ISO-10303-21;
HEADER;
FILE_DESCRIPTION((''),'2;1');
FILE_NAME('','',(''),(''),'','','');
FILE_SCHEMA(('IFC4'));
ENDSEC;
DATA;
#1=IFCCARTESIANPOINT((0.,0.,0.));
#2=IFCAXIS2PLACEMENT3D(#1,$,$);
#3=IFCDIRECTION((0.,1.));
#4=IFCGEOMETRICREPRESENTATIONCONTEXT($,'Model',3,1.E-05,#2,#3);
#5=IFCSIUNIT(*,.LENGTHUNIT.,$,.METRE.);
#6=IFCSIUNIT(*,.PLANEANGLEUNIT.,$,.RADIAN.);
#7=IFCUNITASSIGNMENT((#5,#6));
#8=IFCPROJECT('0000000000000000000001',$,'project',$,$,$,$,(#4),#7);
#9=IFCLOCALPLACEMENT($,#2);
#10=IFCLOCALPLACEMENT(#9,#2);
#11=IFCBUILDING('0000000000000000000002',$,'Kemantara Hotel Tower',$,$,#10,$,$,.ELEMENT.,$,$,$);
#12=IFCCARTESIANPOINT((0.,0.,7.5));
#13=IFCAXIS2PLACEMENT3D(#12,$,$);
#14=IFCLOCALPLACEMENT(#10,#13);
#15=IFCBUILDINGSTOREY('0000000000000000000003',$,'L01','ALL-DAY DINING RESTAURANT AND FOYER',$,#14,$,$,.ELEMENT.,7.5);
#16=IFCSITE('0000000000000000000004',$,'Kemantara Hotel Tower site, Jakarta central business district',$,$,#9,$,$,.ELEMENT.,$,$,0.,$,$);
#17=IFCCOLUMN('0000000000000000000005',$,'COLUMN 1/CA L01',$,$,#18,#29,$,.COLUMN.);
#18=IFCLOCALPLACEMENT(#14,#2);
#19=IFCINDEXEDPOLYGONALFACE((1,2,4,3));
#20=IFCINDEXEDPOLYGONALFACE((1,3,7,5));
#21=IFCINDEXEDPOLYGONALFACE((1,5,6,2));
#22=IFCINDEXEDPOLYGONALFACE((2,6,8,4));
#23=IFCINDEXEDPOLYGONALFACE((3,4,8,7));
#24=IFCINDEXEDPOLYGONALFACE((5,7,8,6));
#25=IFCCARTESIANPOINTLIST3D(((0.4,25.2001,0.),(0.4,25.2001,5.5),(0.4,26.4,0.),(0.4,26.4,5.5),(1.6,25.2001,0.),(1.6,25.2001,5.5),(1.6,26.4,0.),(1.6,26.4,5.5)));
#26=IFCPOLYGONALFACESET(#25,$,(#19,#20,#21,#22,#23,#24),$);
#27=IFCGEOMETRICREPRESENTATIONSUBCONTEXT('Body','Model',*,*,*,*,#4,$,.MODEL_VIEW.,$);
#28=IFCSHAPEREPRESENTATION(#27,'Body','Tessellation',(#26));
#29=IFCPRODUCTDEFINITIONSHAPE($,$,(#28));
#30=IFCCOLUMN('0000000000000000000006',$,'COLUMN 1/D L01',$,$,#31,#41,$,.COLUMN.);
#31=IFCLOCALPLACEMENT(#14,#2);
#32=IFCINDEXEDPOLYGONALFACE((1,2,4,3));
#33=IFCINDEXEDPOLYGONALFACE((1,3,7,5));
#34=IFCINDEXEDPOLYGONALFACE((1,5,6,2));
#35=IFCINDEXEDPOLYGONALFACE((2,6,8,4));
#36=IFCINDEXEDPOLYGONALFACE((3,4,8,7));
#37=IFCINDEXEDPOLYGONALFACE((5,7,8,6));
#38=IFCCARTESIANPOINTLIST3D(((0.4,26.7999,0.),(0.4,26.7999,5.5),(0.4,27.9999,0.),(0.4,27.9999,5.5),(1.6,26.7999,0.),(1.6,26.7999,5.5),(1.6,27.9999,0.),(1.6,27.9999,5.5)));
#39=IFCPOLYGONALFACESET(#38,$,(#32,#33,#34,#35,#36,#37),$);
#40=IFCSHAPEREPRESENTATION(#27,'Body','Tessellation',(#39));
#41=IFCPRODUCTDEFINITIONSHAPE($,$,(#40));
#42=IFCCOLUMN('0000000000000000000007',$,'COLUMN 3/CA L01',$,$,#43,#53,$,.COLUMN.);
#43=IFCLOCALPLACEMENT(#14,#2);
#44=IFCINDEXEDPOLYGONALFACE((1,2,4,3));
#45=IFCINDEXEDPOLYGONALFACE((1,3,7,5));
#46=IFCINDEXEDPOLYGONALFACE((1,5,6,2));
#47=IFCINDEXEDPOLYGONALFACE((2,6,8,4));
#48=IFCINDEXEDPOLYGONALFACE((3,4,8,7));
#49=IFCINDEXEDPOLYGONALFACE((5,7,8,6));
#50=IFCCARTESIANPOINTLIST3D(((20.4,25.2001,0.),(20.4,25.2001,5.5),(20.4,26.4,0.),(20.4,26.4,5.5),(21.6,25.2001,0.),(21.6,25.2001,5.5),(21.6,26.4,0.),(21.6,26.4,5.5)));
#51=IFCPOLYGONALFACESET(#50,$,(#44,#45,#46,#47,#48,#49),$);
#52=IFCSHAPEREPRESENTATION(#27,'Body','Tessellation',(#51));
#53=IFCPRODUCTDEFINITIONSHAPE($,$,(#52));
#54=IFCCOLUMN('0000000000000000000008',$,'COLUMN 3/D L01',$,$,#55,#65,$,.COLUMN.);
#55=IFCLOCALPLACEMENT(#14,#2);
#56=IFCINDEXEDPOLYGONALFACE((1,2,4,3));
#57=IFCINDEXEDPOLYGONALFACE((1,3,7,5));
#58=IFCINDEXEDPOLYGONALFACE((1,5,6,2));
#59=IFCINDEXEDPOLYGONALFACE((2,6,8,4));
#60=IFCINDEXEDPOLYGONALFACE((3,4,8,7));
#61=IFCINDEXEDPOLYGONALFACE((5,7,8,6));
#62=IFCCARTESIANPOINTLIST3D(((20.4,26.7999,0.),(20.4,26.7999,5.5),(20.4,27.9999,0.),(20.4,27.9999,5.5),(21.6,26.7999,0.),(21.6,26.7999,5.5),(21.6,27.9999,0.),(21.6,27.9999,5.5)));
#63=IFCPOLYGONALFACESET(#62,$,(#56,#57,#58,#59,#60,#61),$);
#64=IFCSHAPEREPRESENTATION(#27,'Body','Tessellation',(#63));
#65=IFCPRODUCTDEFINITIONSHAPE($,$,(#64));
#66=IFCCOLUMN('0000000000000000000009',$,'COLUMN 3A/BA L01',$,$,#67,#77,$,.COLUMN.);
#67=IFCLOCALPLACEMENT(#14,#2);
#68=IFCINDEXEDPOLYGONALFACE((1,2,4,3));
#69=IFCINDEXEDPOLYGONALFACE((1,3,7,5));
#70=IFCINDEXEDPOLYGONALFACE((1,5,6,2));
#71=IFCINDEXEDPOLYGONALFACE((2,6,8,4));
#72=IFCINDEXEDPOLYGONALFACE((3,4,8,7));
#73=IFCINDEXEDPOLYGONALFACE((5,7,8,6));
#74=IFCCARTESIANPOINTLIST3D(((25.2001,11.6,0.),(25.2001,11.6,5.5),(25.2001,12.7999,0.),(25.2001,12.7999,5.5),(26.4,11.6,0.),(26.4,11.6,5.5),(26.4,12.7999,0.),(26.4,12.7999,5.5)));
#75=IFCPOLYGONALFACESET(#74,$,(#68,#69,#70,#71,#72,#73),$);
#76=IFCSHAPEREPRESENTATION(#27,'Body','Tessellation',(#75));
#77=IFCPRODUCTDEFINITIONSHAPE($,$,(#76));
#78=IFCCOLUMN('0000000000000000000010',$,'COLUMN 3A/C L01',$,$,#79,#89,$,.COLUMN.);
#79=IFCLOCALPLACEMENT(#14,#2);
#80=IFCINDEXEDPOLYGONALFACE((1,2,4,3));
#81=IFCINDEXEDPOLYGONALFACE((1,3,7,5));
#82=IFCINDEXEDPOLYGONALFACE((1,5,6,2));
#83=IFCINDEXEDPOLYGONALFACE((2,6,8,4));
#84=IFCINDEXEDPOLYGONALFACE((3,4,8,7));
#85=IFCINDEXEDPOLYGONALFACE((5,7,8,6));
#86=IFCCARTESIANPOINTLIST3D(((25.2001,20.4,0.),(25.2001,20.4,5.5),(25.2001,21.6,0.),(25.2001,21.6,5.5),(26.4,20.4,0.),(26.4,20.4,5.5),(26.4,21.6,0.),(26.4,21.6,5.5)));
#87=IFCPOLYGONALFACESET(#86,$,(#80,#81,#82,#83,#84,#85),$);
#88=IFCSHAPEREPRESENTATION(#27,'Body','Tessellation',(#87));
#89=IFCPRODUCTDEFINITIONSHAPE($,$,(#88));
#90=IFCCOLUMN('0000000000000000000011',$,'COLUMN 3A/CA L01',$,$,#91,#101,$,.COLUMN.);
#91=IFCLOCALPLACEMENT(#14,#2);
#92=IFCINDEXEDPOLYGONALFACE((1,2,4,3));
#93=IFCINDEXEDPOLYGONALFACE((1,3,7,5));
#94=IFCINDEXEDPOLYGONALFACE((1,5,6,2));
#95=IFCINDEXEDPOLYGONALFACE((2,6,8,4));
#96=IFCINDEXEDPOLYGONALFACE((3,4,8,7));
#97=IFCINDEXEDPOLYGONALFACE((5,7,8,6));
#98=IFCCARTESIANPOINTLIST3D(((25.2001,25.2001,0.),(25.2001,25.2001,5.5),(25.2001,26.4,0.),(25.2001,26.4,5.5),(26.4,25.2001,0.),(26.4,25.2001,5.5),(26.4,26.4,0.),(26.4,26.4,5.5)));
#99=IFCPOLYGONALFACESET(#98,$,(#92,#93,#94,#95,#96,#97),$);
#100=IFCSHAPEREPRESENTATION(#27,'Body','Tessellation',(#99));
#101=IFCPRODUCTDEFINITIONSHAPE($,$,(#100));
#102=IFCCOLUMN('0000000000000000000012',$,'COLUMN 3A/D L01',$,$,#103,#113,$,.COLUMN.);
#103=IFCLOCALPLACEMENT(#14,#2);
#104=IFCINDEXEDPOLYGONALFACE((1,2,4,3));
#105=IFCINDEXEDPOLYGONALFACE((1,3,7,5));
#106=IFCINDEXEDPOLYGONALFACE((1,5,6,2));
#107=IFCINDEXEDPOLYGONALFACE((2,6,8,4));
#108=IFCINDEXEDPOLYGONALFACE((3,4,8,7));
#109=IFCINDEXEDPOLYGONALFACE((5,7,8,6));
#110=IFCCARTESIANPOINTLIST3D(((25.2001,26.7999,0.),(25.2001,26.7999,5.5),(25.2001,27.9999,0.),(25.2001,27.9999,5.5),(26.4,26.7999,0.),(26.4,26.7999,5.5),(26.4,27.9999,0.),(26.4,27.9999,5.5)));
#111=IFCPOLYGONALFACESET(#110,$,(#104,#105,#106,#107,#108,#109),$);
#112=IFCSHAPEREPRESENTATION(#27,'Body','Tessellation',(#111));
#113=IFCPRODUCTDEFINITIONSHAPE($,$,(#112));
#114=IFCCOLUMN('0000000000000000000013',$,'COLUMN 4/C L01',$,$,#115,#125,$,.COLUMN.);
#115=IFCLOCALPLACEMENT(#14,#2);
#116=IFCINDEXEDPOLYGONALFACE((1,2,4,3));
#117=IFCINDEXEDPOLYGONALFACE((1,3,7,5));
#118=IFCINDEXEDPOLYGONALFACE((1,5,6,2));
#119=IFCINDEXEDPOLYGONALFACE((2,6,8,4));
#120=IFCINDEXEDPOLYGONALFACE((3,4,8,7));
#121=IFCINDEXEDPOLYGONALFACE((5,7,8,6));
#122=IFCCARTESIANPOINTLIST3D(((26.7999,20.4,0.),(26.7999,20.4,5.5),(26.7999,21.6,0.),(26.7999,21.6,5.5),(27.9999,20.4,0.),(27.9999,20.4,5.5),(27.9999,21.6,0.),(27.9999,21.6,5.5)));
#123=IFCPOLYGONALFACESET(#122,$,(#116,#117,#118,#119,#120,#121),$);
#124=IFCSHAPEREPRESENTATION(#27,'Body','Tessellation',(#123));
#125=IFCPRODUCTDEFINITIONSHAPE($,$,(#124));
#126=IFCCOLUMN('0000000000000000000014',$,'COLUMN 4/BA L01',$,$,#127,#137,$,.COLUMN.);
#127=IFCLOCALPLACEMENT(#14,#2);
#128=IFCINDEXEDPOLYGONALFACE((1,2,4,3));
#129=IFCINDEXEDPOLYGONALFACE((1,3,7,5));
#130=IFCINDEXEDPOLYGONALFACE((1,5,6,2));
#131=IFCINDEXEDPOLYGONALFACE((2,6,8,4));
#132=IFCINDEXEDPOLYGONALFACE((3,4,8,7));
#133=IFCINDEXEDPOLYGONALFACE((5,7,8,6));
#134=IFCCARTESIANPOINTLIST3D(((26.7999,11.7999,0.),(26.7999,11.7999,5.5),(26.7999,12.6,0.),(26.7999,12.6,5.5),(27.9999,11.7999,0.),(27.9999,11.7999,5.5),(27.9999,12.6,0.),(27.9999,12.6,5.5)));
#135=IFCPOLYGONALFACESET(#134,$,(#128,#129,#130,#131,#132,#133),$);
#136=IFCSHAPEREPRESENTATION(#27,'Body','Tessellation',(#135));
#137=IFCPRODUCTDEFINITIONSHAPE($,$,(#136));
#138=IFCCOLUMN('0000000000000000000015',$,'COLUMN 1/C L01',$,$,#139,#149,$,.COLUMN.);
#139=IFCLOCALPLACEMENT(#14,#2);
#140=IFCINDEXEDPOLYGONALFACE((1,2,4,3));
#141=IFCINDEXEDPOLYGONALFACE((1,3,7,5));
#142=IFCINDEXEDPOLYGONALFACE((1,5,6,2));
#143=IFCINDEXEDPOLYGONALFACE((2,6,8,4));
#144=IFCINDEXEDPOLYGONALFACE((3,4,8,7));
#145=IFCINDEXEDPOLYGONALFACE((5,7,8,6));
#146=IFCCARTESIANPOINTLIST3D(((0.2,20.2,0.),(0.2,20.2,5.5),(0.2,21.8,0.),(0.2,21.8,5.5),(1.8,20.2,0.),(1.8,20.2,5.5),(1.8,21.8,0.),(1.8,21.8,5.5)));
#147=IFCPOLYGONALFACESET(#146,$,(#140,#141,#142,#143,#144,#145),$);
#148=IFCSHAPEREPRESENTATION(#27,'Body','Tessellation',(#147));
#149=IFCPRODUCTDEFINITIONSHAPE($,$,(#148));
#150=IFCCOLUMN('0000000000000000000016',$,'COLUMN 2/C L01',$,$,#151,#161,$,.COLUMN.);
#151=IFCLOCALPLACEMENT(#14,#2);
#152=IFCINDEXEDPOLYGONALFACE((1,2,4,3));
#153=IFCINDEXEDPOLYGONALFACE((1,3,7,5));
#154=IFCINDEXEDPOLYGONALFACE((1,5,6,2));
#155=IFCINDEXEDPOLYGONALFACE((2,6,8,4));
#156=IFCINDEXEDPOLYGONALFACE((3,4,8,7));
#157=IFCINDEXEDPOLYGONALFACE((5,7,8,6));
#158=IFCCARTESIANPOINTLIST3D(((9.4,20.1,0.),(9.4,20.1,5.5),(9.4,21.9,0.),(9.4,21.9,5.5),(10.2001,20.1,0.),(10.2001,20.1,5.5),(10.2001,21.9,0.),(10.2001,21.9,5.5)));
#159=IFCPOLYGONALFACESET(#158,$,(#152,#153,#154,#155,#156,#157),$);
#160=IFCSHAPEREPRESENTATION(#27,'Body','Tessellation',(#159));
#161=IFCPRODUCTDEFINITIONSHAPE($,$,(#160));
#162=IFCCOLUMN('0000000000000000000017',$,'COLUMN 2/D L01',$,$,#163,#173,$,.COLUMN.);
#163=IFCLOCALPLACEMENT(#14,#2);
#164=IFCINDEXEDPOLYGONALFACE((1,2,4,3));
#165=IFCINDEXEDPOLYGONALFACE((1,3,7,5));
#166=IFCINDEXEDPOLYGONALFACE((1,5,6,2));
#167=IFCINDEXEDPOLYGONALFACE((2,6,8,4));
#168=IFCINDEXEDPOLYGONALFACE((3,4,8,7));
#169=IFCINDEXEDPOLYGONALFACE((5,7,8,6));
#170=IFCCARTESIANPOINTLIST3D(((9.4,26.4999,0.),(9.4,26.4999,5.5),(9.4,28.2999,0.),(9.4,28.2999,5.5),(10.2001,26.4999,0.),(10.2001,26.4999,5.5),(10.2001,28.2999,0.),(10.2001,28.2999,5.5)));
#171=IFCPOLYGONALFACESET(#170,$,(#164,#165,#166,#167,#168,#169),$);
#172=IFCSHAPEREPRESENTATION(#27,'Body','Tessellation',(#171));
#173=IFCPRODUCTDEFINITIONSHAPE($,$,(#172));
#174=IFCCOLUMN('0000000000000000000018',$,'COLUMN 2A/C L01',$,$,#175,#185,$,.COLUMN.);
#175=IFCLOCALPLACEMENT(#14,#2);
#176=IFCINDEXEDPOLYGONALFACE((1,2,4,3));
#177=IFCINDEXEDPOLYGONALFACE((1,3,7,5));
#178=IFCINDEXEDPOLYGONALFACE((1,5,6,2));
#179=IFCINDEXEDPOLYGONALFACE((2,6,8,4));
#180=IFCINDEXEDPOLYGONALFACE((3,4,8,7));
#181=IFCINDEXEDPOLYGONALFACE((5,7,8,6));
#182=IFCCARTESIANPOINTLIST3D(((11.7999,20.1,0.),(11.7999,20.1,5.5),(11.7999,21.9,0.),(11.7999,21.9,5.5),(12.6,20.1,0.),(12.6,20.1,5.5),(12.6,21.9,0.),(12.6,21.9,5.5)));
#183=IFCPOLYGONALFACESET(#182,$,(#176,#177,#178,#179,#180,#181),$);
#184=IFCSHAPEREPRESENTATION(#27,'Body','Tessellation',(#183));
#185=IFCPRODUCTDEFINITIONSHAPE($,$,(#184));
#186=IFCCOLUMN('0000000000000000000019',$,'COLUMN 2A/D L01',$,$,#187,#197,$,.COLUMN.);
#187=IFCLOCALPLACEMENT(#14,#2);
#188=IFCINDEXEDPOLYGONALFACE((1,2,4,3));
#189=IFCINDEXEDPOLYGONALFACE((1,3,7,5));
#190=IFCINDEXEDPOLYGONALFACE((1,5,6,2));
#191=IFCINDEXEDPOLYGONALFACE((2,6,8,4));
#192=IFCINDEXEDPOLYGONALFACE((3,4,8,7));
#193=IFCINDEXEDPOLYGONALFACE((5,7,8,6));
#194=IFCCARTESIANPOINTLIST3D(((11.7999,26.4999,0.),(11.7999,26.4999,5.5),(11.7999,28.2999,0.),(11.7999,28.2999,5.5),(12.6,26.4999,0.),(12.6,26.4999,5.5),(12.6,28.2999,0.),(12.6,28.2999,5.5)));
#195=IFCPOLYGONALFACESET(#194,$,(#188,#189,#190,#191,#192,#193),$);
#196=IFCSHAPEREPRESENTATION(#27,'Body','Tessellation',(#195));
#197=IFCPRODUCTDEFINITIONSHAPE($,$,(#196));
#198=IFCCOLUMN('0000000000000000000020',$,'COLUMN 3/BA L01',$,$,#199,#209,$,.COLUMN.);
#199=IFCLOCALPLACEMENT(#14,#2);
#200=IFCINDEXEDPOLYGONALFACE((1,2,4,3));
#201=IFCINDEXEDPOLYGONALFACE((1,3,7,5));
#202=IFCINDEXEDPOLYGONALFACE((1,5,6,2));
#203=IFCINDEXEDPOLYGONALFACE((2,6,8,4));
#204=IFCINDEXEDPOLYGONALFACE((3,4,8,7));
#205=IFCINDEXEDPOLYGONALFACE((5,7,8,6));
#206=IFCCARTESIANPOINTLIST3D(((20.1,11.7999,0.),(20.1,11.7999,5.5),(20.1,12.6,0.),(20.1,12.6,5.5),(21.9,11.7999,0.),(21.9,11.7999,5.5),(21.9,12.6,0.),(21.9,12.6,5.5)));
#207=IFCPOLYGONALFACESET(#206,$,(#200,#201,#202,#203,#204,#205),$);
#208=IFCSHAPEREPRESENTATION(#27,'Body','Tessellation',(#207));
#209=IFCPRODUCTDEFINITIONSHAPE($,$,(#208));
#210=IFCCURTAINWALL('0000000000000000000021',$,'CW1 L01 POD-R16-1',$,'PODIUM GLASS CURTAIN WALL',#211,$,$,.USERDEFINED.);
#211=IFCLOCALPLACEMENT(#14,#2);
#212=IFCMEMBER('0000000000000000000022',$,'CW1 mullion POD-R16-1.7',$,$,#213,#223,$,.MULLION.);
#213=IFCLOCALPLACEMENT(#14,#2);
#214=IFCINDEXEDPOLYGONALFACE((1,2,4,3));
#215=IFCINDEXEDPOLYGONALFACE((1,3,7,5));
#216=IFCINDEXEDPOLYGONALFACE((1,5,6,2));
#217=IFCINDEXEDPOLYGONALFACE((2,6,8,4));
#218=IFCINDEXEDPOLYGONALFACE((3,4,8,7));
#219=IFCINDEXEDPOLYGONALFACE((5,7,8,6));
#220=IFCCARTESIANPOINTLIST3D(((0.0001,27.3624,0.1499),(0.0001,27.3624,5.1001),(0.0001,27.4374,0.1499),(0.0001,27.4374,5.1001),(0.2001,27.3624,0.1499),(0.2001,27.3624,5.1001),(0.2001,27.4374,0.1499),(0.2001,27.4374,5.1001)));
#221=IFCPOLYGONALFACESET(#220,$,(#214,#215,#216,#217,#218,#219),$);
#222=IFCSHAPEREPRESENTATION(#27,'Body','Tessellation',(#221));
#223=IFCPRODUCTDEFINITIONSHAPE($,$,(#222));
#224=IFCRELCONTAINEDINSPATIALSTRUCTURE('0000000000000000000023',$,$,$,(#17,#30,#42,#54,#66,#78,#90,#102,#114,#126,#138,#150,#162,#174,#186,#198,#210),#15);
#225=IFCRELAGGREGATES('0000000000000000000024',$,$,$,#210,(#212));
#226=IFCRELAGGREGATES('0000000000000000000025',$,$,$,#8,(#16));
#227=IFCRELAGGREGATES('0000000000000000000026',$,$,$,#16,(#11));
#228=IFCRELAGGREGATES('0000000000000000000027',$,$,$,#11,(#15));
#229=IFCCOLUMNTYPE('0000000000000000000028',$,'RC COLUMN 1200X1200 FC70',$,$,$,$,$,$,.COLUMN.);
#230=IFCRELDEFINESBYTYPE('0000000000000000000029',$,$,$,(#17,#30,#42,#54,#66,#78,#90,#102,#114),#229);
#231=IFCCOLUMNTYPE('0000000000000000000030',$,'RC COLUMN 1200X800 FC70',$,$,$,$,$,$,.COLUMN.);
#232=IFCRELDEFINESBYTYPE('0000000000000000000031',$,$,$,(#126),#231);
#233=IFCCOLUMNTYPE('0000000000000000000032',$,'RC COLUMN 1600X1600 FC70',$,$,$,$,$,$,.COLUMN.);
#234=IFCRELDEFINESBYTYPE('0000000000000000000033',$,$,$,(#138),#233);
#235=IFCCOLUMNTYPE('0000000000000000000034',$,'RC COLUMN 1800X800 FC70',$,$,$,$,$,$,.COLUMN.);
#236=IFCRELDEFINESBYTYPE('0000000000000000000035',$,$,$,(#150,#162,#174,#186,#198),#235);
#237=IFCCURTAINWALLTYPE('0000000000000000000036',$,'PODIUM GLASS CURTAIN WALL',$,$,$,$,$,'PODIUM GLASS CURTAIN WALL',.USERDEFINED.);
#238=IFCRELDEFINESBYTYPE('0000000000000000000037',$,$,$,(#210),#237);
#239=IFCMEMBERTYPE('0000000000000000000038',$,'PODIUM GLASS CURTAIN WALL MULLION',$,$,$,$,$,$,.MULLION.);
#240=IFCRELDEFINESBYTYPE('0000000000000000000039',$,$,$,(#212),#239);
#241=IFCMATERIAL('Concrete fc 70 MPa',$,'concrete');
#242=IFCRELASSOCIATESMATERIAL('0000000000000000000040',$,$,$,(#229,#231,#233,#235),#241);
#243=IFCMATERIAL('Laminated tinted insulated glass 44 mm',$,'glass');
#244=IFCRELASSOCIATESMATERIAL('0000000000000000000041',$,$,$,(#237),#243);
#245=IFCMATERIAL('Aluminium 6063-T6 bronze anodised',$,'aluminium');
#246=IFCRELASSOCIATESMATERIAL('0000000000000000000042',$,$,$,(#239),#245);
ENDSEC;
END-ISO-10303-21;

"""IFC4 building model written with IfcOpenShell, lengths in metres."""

from ifc_helpers import new_model, si_unit, direction, frame, origin, origin_2d, place, context, subcontext, project, spatial, rectangle, extrude, source, transform, mapped, material, material_profile, profile_set, type_object, element, aggregate, save


model = new_model("IFC4")

# Units and contexts
model_context = context("Model", 3, precision=1e-05, world=origin(), true_north=direction((0.0, 1.0)))
body_context = subcontext(model_context, "Body", "Model", "MODEL_VIEW")
ifc_project = project(units=[si_unit("LENGTHUNIT", "METRE"), si_unit("PLANEANGLEUNIT", "RADIAN")], contexts=[model_context])

# Site, building, storey
site_placement = place(None, origin())
site = spatial("IfcSite", under=ifc_project, at=site_placement, Name="Kemantara Hotel Tower site, Jakarta central business district", CompositionType="ELEMENT", RefElevation=0.0)
building_placement = place(site_placement, origin())
building = spatial("IfcBuilding", under=site, at=building_placement, Name="Kemantara Hotel Tower", CompositionType="ELEMENT")
storey_placement = place(building_placement, frame((0.0, 0.0, 7.5)))
storey = spatial("IfcBuildingStorey", under=building, at=storey_placement, Name="L01", Description="ALL-DAY DINING RESTAURANT AND FOYER", CompositionType="ELEMENT", Elevation=7.5)

# Columns
ifc_material_1 = material(Name="Concrete fc 70 MPa", Category="concrete")
ifc_material_profile_1 = material_profile(ifc_material_1, rectangle(XDim=1.2, YDim=1.2, at=origin_2d()), Name="RC 1200X1200")
ifc_profile_set_1 = profile_set([ifc_material_profile_1], Name="Concrete fc 70 MPa")
column_type_1 = type_object("IfcColumnType", Name="RC COLUMN 1200X1200 FC70", PredefinedType="COLUMN", material=ifc_profile_set_1)
for number, where, z_axis, x_axis, name in (
    (1, (1.0, 25.8, 0.0), (0.0, 0.0, 1.0), (1.0, 0.0, 0.0), "COLUMN 1/CA L01"),
    (2, (1.0, 27.3999, 0.0), (0.0, 0.0, 1.0), (1.0, 0.0, 0.0), "COLUMN 1/D L01"),
    (3, (21.0, 25.8, 0.0), (0.0, 0.0, 1.0), (1.0, 0.0, 0.0), "COLUMN 3/CA L01"),
    (4, (21.0, 27.3999, 0.0), (0.0, 0.0, 1.0), (1.0, 0.0, 0.0), "COLUMN 3/D L01"),
    (5, (25.8, 12.2, 0.0), (0.0, 0.0, 1.0), (1.0, 0.0, 0.0), "COLUMN 3A/BA L01"),
    (6, (25.8, 21.0, 0.0), (0.0, 0.0, 1.0), (1.0, 0.0, 0.0), "COLUMN 3A/C L01"),
    (7, (25.8, 25.8, 0.0), (0.0, 0.0, 1.0), (1.0, 0.0, 0.0), "COLUMN 3A/CA L01"),
    (8, (25.8, 27.3999, 0.0), (0.0, 0.0, 1.0), (1.0, 0.0, 0.0), "COLUMN 3A/D L01"),
    (9, (27.3999, 21.0, 0.0), (0.0, 0.0, 1.0), (1.0, 0.0, 0.0), "COLUMN 4/C L01"),
):
    element("IfcColumn", number, at=place(storey_placement, frame(where, z_axis=z_axis, x_axis=x_axis)), inside=storey, type_object=column_type_1, Name=name, PredefinedType="COLUMN", context=body_context, shape_type="SweptSolid", body=[
        extrude(rectangle(XDim=1.2, YDim=1.2, at=origin_2d()), origin(), (0.0, 0.0, 1.0), 5.5),
    ])
ifc_material_profile_2 = material_profile(ifc_material_1, rectangle(XDim=1.2, YDim=0.8, at=origin_2d()), Name="RC 1200X800")
ifc_profile_set_2 = profile_set([ifc_material_profile_2], Name="Concrete fc 70 MPa")
column_type_2 = type_object("IfcColumnType", Name="RC COLUMN 1200X800 FC70", PredefinedType="COLUMN", material=ifc_profile_set_2)
column_1_placement = place(storey_placement, frame((27.3999, 12.2, 0.0), z_axis=(0.0, 0.0, 1.0), x_axis=(1.0, 0.0, 0.0)))
element("IfcColumn", 10, at=column_1_placement, inside=storey, type_object=column_type_2, Name="COLUMN 4/BA L01", PredefinedType="COLUMN", context=body_context, shape_type="SweptSolid", body=[
    extrude(rectangle(XDim=1.2, YDim=0.8, at=origin_2d()), origin(), (0.0, 0.0, 1.0), 5.5),
])
ifc_material_profile_3 = material_profile(ifc_material_1, rectangle(XDim=1.6001, YDim=1.6001, at=origin_2d()), Name="RC 1600X1600")
ifc_profile_set_3 = profile_set([ifc_material_profile_3], Name="Concrete fc 70 MPa")
column_type_3 = type_object("IfcColumnType", Name="RC COLUMN 1600X1600 FC70", PredefinedType="COLUMN", material=ifc_profile_set_3)
column_2_placement = place(storey_placement, frame((1.0, 21.0, 0.0), z_axis=(0.0, 0.0, 1.0), x_axis=(1.0, 0.0, 0.0)))
element("IfcColumn", 11, at=column_2_placement, inside=storey, type_object=column_type_3, Name="COLUMN 1/C L01", PredefinedType="COLUMN", context=body_context, shape_type="SweptSolid", body=[
    extrude(rectangle(XDim=1.6001, YDim=1.6001, at=origin_2d()), origin(), (0.0, 0.0, 1.0), 5.5),
])
ifc_material_profile_4 = material_profile(ifc_material_1, rectangle(XDim=1.8, YDim=0.8, at=origin_2d()), Name="RC 1800X800")
ifc_profile_set_4 = profile_set([ifc_material_profile_4], Name="Concrete fc 70 MPa")
column_type_4 = type_object("IfcColumnType", Name="RC COLUMN 1800X800 FC70", PredefinedType="COLUMN", material=ifc_profile_set_4)
for number, where, z_axis, x_axis, name in (
    (12, (9.8, 21.0, 0.0), (0.0, 0.0, 1.0), (0.0, 1.0, 0.0), "COLUMN 2/C L01"),
    (13, (9.8, 27.3999, 0.0), (0.0, 0.0, 1.0), (0.0, 1.0, 0.0), "COLUMN 2/D L01"),
    (14, (12.2, 21.0, 0.0), (0.0, 0.0, 1.0), (0.0, 1.0, 0.0), "COLUMN 2A/C L01"),
    (15, (12.2, 27.3999, 0.0), (0.0, 0.0, 1.0), (0.0, 1.0, 0.0), "COLUMN 2A/D L01"),
    (16, (21.0, 12.2, 0.0), (0.0, 0.0, 1.0), (1.0, 0.0, 0.0), "COLUMN 3/BA L01"),
):
    element("IfcColumn", number, at=place(storey_placement, frame(where, z_axis=z_axis, x_axis=x_axis)), inside=storey, type_object=column_type_4, Name=name, PredefinedType="COLUMN", context=body_context, shape_type="SweptSolid", body=[
        extrude(rectangle(XDim=1.8, YDim=0.8, at=origin_2d()), origin(), (0.0, 0.0, 1.0), 5.5),
    ])

# Curtain wall, member
ifc_material_2 = material(Name="Laminated tinted insulated glass 44 mm", Category="glass")
curtain_wall_type = type_object("IfcCurtainWallType", Name="PODIUM GLASS CURTAIN WALL", ElementType="PODIUM GLASS CURTAIN WALL", PredefinedType="USERDEFINED", material=ifc_material_2)
curtain_wall_placement = place(storey_placement, origin())
curtain_wall = element("IfcCurtainWall", 17, at=curtain_wall_placement, inside=storey, type_object=curtain_wall_type, Name="CW1 L01 POD-R16-1", ObjectType="PODIUM GLASS CURTAIN WALL", PredefinedType="USERDEFINED")
ifc_material_3 = material(Name="Aluminium 6063-T6 bronze anodised", Category="aluminium")
ifc_material_profile_5 = material_profile(ifc_material_3, rectangle(XDim=0.2, YDim=0.075, at=origin_2d()), Name="PODIUM GLASS CURTAIN WALL MULLION")
ifc_profile_set_5 = profile_set([ifc_material_profile_5], Name="Aluminium 6063-T6 bronze anodised")
member_type = type_object("IfcMemberType", Name="PODIUM GLASS CURTAIN WALL MULLION", PredefinedType="MULLION", material=ifc_profile_set_5)
shared_shape_1 = source(origin(), body_context, "Body", "SweptSolid", [
    extrude(rectangle(XDim=0.2, YDim=0.075, at=origin_2d()), origin(), (0.0, 0.0, 1.0), 4.9502),
])
member_1_placement = place(storey_placement, frame((0.1001, 27.3999, 0.1499), z_axis=(0.0, 0.0, 1.0), x_axis=(1.0, 0.0, 0.0)))
member_1 = element("IfcMember", 18, at=member_1_placement, type_object=member_type, Name="CW1 mullion POD-R16-1.7", PredefinedType="MULLION", context=body_context, shape_type="MappedRepresentation", body=[
    mapped(shared_shape_1, transform((0.0, 0.0, 0.0))),
])
aggregate(curtain_wall, [member_1])

save(model, "model.ifc")
